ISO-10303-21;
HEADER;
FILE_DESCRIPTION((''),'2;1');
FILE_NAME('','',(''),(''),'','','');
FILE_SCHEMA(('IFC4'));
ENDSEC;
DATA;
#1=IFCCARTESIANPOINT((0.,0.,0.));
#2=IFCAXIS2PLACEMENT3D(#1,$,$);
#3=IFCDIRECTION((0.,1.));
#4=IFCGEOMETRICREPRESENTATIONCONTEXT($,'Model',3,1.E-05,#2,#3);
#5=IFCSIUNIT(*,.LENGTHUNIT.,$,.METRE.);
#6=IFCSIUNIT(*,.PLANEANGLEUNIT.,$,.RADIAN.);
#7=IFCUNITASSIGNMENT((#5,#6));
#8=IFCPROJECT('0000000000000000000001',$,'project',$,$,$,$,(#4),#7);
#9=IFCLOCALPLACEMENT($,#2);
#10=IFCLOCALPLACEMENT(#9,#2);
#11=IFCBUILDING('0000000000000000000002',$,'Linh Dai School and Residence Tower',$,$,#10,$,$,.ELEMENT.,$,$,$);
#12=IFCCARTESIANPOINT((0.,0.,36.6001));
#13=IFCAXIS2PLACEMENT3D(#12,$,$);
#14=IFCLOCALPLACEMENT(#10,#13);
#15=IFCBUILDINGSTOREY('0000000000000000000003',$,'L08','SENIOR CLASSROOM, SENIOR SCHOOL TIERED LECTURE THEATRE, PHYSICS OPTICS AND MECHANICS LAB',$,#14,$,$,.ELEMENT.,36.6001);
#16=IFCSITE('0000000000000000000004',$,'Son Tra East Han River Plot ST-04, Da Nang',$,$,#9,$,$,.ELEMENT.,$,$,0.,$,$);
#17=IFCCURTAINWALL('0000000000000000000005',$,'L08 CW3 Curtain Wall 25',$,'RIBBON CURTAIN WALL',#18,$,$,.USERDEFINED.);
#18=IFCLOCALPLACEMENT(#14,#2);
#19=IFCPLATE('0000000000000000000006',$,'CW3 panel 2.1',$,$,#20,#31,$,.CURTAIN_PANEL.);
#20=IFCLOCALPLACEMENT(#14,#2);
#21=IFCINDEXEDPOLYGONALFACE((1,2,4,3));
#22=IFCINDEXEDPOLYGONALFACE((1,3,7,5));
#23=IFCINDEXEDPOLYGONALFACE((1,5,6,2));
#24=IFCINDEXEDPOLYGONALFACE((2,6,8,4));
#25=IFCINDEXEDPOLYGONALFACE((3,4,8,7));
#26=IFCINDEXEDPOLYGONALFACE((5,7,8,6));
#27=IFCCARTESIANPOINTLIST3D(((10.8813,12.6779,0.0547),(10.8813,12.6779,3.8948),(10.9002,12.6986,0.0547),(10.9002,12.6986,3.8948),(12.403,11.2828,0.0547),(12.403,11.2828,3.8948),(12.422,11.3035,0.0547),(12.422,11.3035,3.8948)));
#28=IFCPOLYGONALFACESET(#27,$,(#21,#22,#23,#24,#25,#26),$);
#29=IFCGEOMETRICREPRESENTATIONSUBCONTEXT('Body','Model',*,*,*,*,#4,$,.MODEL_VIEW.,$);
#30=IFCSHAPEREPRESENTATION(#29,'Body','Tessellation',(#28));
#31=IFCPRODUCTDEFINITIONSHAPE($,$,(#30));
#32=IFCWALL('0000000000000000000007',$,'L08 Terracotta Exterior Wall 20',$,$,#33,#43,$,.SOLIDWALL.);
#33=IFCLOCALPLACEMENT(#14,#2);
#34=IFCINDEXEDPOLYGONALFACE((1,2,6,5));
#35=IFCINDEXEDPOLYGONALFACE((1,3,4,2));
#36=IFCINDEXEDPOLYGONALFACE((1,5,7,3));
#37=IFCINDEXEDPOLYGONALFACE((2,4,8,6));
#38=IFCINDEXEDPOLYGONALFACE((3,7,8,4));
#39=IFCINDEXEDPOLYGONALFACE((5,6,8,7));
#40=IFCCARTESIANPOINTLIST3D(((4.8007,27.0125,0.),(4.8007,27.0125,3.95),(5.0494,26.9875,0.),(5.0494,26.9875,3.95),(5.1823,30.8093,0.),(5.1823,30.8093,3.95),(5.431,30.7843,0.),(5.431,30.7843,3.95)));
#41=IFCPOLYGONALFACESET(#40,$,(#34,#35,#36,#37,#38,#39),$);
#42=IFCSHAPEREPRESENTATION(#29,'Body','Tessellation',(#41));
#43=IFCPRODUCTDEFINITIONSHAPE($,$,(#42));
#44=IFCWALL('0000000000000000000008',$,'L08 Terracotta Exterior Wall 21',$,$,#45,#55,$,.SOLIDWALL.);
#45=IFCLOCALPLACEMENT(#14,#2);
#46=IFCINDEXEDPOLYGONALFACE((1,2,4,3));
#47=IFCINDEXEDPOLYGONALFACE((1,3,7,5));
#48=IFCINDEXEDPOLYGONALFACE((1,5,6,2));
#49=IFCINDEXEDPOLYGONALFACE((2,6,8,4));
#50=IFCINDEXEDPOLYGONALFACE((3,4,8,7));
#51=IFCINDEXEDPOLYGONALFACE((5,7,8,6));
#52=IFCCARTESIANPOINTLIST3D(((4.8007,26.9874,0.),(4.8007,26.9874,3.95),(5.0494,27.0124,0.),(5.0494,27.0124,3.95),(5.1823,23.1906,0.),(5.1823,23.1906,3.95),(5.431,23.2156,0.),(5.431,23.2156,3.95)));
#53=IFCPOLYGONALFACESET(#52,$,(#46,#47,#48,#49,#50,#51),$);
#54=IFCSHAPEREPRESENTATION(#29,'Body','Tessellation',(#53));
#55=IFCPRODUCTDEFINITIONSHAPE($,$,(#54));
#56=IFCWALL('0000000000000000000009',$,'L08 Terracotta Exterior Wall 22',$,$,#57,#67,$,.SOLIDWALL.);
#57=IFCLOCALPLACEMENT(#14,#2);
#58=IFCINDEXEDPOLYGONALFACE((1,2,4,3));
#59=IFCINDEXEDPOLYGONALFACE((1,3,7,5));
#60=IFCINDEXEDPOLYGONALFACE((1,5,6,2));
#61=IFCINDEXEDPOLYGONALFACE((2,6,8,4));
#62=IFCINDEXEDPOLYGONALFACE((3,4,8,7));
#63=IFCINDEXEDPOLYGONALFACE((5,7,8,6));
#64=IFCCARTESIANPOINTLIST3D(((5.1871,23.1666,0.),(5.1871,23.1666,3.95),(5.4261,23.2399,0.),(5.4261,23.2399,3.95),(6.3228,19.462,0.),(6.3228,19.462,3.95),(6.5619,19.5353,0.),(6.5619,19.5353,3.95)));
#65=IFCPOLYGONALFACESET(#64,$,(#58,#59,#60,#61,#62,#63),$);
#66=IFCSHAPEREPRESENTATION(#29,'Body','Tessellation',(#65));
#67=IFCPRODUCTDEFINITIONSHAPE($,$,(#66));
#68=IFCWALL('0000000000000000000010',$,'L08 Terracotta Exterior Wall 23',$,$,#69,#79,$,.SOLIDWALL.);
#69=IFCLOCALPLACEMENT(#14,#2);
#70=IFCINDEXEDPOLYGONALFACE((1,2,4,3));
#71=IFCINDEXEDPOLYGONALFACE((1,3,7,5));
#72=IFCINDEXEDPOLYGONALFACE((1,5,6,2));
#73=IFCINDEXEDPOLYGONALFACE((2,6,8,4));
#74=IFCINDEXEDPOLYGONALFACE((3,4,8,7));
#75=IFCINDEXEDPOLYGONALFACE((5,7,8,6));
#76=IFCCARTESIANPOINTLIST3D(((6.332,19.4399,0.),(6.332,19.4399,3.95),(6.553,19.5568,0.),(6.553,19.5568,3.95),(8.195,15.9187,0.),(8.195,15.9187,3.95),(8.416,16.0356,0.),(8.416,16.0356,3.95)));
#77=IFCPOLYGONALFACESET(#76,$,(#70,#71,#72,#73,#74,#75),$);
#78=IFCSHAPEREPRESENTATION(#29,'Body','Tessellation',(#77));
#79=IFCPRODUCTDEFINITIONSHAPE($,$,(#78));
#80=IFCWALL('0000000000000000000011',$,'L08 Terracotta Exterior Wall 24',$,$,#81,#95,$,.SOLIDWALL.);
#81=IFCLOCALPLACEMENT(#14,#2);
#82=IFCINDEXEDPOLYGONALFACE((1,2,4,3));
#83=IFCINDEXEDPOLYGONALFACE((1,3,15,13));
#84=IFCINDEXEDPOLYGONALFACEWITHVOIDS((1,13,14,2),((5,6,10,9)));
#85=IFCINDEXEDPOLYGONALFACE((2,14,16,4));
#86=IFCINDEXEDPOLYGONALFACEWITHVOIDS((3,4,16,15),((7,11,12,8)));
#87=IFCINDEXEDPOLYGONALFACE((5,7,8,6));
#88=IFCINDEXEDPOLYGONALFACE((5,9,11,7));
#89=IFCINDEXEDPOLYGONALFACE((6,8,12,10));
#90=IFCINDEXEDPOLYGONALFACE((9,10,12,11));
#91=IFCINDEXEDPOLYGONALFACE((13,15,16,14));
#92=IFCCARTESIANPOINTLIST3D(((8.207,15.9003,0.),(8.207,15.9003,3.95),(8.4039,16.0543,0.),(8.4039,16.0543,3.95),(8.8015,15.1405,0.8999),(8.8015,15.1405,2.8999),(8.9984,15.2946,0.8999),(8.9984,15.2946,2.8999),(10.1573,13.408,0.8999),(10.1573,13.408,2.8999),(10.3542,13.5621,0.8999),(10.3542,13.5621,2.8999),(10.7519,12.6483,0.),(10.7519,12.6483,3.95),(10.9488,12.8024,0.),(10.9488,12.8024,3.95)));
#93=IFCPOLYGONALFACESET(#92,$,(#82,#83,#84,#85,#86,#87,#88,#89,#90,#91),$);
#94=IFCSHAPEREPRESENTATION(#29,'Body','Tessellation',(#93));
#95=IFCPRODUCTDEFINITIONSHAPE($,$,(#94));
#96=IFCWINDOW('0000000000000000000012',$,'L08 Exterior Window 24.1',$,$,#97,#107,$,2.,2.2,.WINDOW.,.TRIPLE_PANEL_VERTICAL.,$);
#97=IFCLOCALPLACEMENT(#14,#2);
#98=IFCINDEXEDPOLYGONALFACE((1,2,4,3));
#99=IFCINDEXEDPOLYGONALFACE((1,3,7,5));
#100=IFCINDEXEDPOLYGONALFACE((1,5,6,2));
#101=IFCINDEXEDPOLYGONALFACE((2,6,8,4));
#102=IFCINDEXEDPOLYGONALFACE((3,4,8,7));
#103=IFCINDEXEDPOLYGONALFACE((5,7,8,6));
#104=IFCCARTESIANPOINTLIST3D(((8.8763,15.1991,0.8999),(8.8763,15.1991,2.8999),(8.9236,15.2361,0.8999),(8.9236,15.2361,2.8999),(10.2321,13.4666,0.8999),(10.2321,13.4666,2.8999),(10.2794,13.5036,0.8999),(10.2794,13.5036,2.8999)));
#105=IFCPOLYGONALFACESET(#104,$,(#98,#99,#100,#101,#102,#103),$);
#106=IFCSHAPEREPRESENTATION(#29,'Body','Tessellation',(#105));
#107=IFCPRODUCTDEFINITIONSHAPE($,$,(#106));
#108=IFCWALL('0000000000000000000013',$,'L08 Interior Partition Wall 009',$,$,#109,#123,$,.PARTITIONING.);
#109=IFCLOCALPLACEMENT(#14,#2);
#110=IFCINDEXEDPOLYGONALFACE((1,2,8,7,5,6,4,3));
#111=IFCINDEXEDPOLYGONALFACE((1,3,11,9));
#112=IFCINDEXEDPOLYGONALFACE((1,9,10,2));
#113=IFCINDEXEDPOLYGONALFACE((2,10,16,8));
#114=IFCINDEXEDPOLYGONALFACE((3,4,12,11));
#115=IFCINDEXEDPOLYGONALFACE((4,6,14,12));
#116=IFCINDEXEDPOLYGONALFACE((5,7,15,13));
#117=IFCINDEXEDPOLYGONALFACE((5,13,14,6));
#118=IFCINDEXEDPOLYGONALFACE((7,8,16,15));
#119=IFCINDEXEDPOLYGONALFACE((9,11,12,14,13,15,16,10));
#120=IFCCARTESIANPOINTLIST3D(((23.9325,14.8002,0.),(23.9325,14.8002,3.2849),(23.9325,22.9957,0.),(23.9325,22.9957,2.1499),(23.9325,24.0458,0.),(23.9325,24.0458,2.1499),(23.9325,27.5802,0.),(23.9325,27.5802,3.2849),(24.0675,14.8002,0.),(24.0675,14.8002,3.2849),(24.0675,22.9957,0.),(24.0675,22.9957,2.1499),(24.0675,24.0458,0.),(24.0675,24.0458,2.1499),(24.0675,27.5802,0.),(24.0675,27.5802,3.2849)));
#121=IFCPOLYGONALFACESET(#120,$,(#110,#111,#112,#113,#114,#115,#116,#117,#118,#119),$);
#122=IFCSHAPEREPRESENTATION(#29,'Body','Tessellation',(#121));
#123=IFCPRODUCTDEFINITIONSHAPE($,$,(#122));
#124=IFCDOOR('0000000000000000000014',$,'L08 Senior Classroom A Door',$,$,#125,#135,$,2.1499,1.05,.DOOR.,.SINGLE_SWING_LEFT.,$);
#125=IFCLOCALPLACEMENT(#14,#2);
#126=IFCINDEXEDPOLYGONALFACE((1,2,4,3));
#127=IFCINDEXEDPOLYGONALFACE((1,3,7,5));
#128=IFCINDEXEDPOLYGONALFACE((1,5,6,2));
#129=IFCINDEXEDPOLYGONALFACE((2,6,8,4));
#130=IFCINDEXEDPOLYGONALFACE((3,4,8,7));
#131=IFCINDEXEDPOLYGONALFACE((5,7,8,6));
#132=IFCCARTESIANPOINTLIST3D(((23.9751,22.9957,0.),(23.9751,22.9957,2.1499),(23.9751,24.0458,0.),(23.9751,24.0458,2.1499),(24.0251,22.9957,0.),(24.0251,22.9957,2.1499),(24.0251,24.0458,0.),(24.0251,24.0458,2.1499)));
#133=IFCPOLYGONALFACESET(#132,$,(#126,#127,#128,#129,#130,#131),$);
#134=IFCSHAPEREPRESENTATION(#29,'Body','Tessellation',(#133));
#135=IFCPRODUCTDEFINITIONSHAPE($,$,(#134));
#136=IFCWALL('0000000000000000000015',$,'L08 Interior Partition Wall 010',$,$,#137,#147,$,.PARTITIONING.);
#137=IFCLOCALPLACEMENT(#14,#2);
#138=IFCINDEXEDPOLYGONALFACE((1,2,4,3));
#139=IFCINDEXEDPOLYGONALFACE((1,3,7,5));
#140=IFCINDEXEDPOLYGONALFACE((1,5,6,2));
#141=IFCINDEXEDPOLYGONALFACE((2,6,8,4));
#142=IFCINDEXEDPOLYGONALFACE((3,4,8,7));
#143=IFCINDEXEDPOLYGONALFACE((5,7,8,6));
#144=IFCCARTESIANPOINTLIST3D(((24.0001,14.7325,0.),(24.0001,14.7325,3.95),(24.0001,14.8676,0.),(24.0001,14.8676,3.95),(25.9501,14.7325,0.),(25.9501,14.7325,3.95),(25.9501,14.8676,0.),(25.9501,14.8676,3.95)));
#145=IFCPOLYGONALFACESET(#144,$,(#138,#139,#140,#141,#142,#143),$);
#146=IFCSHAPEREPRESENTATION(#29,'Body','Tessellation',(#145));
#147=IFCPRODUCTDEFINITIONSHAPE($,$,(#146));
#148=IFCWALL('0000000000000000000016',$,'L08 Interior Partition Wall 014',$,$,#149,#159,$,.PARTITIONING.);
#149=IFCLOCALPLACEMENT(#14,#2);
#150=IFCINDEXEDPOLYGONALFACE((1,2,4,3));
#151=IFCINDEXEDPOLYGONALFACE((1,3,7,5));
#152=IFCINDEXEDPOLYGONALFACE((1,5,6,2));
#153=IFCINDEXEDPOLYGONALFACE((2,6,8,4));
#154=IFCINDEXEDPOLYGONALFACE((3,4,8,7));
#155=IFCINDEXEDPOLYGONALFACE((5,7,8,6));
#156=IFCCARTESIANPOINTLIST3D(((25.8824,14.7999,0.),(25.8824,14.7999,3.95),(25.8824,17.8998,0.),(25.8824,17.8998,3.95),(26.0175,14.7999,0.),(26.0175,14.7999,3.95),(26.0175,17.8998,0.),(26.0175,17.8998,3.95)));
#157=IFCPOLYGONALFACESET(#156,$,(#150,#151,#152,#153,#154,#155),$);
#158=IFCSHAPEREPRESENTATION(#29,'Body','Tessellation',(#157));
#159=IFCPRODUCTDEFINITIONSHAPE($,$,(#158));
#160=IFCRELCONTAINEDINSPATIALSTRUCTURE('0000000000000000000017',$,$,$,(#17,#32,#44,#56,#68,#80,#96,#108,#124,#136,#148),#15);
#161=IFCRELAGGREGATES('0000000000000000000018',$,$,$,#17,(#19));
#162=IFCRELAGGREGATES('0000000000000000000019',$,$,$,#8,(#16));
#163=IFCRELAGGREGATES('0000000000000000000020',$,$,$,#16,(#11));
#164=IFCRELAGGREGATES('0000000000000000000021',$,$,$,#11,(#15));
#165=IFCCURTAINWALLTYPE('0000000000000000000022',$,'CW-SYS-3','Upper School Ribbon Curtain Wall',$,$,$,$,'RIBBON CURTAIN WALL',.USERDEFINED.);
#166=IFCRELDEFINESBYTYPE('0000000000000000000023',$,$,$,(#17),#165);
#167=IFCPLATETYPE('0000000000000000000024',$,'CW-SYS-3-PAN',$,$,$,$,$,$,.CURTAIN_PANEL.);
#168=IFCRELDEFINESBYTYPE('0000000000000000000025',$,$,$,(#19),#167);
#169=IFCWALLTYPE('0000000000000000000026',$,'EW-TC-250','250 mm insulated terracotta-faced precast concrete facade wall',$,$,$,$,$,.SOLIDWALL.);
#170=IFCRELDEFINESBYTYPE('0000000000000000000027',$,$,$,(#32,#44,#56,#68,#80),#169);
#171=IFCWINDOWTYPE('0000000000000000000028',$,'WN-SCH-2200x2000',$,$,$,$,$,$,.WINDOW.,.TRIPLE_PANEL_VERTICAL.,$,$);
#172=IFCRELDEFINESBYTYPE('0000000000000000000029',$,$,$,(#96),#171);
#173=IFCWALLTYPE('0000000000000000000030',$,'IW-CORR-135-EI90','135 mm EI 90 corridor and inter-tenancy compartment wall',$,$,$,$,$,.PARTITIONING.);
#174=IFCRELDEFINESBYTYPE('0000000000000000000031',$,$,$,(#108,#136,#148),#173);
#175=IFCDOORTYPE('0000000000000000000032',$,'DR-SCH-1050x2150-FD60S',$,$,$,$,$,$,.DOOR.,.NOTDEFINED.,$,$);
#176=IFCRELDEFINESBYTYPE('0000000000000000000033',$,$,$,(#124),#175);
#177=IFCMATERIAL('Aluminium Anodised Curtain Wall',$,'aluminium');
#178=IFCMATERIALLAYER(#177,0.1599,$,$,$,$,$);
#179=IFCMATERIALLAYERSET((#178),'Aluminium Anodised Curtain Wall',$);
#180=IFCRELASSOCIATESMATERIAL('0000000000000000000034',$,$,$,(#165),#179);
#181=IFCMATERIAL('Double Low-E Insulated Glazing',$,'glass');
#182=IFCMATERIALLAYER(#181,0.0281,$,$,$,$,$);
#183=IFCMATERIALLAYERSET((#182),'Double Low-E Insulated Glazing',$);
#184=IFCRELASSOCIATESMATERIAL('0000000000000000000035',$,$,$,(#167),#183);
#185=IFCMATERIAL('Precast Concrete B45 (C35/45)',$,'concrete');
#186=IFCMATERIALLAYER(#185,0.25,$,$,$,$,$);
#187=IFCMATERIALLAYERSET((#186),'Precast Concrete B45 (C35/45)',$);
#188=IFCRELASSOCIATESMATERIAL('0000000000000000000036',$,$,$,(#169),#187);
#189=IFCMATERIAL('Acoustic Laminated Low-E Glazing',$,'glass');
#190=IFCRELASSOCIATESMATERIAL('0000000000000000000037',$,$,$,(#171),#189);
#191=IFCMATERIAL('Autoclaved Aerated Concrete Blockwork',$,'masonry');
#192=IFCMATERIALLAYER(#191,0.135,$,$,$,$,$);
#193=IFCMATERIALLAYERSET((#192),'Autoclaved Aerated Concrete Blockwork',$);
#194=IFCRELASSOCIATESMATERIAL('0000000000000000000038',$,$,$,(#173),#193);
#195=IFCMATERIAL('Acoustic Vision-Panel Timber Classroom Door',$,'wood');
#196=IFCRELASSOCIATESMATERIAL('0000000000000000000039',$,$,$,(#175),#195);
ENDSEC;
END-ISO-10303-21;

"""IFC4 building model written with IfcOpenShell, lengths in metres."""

from ifc_helpers import new_model, si_unit, direction, frame, frame_2d, origin, origin_2d, place, context, subcontext, project, spatial, rectangle, extrude, source, transform, mapped, material, layer, layer_set, type_object, element, fill, aggregate, save


model = new_model("IFC4")

# Units and contexts
model_context = context("Model", 3, precision=1e-05, world=origin(), true_north=direction((0.0, 1.0)))
body_context = subcontext(model_context, "Body", "Model", "MODEL_VIEW")
ifc_project = project(units=[si_unit("LENGTHUNIT", "METRE"), si_unit("PLANEANGLEUNIT", "RADIAN")], contexts=[model_context])

# Site, building, storey
site_placement = place(None, origin())
site = spatial("IfcSite", under=ifc_project, at=site_placement, Name="Son Tra East Han River Plot ST-04, Da Nang", CompositionType="ELEMENT", RefElevation=0.0)
building_placement = place(site_placement, origin())
building = spatial("IfcBuilding", under=site, at=building_placement, Name="Linh Dai School and Residence Tower", CompositionType="ELEMENT")
storey_placement = place(building_placement, frame((0.0, 0.0, 36.6001)))
storey = spatial("IfcBuildingStorey", under=building, at=storey_placement, Name="L08", Description="SENIOR CLASSROOM, SENIOR SCHOOL TIERED LECTURE THEATRE, PHYSICS OPTICS AND MECHANICS LAB", CompositionType="ELEMENT", Elevation=36.6001)

# Curtain wall
ifc_material_1 = material(Name="Aluminium Anodised Curtain Wall", Category="aluminium")
ifc_layer_1 = layer(ifc_material_1, 0.1599)
ifc_layer_set_1 = layer_set([ifc_layer_1], Name="Aluminium Anodised Curtain Wall")
curtain_wall_type = type_object("IfcCurtainWallType", Name="CW-SYS-3", Description="Upper School Ribbon Curtain Wall", ElementType="RIBBON CURTAIN WALL", PredefinedType="USERDEFINED", material=ifc_layer_set_1)
curtain_wall_placement = place(storey_placement, origin())
curtain_wall = element("IfcCurtainWall", 1, at=curtain_wall_placement, inside=storey, type_object=curtain_wall_type, Name="L08 CW3 Curtain Wall 25", ObjectType="RIBBON CURTAIN WALL", PredefinedType="USERDEFINED")

# Plate
ifc_material_2 = material(Name="Precast Concrete B45 (C35/45)", Category="concrete")
ifc_material_3 = material(Name="Double Low-E Insulated Glazing", Category="glass")
ifc_layer_2 = layer(ifc_material_3, 0.0281)
ifc_layer_set_2 = layer_set([ifc_layer_2], Name="Double Low-E Insulated Glazing")
plate_type_1 = type_object("IfcPlateType", Name="CW-SYS-3-PAN", PredefinedType="CURTAIN_PANEL", material=ifc_layer_set_2)
shared_shape_1 = source(origin(), body_context, "Body", "SweptSolid", [
    extrude(rectangle(XDim=2.0645, YDim=0.0281, at=origin_2d()), origin(), (0.0, 0.0, 1.0), 3.8401),
])
plate_1_placement = place(storey_placement, frame((11.6516, 11.9907, 0.0547), z_axis=(0.0, 0.0, 1.0), x_axis=(-0.737113, 0.675769, 0.0)))
plate_1 = element("IfcPlate", 2, at=plate_1_placement, type_object=plate_type_1, Name="CW3 panel 2.1", PredefinedType="CURTAIN_PANEL", context=body_context, shape_type="MappedRepresentation", body=[
    mapped(shared_shape_1, transform((0.0, 0.0, 0.0), x_axis=(1.0, 0.0, 0.0), y_axis=(0.0, 1.0, 0.0), z_axis=(0.0, 0.0, 1.0), scale=1.0)),
])
aggregate(curtain_wall, [plate_1])

# Walls
ifc_layer_3 = layer(ifc_material_2, 0.25)
ifc_layer_set_3 = layer_set([ifc_layer_3], Name="Precast Concrete B45 (C35/45)")
wall_type_1 = type_object("IfcWallType", Name="EW-TC-250", Description="250 mm insulated terracotta-faced precast concrete facade wall", PredefinedType="SOLIDWALL", material=ifc_layer_set_3)
for number, where, z_axis, x_axis, name in (
    (3, (4.925, 27.0, 0.0), (0.0, 0.0, 1.0), (0.099998, 0.994988, 0.0), "L08 Terracotta Exterior Wall 20"),
    (4, (5.3066, 23.2031, 0.0), (0.0, 0.0, 1.0), (-0.099998, 0.994988, 0.0), "L08 Terracotta Exterior Wall 21"),
):
    element("IfcWall", number, at=place(storey_placement, frame(where, z_axis=z_axis, x_axis=x_axis)), inside=storey, type_object=wall_type_1, Name=name, PredefinedType="SOLIDWALL", context=body_context, shape_type="SweptSolid", body=[
        extrude(rectangle(XDim=3.8159, YDim=0.25, at=frame_2d((1.908, 0.0))), origin(), (0.0, 0.0, 1.0), 3.95),
    ])
wall_1_placement = place(storey_placement, frame((6.4424, 19.4985, 0.0), z_axis=(0.0, 0.0, 1.0), x_axis=(-0.293112, 0.956078, 0.0)))
element("IfcWall", 5, at=wall_1_placement, inside=storey, type_object=wall_type_1, Name="L08 Terracotta Exterior Wall 22", PredefinedType="SOLIDWALL", context=body_context, shape_type="SweptSolid", body=[
    extrude(rectangle(XDim=3.8748, YDim=0.25, at=frame_2d((1.9375, 0.0))), origin(), (0.0, 0.0, 1.0), 3.95),
])
wall_2_placement = place(storey_placement, frame((8.3054, 15.9773, 0.0), z_axis=(0.0, 0.0, 1.0), x_axis=(-0.467662, 0.883907, 0.0)))
element("IfcWall", 6, at=wall_2_placement, inside=storey, type_object=wall_type_1, Name="L08 Terracotta Exterior Wall 23", PredefinedType="SOLIDWALL", context=body_context, shape_type="SweptSolid", body=[
    extrude(rectangle(XDim=3.9836, YDim=0.25, at=frame_2d((1.9917, 0.0))), origin(), (0.0, 0.0, 1.0), 3.95),
])

# Wall, opening, window
wall_3_placement = place(storey_placement, frame((10.8503, 12.7253, 0.0), z_axis=(0.0, 0.0, 1.0), x_axis=(-0.616296, 0.787515, 0.0)))
wall_3 = element("IfcWall", 7, at=wall_3_placement, inside=storey, type_object=wall_type_1, Name="L08 Terracotta Exterior Wall 24", PredefinedType="SOLIDWALL", context=body_context, shape_type="SweptSolid", body=[
    extrude(rectangle(XDim=4.1294, YDim=0.25, at=frame_2d((2.0647, 0.0))), origin(), (0.0, 0.0, 1.0), 3.95),
])
opening_1_placement = place(wall_3_placement, frame((0.9646, 0.0, 0.8999)))
opening_1 = element("IfcOpeningElement", 8, at=opening_1_placement, cuts=wall_3, PredefinedType="OPENING", context=body_context, shape_type="SweptSolid", body=[
    extrude(rectangle(XDim=2.2, YDim=2.0, at=origin_2d()), frame((1.1001, 0.135, 1.0), z_axis=(0.0, -1.0, 0.0), x_axis=(1.0, 0.0, 0.0)), (0.0, 0.0, 1.0), 0.27),
])
ifc_material_4 = material(Name="Acoustic Laminated Low-E Glazing", Category="glass")
window_type = type_object("IfcWindowType", Name="WN-SCH-2200x2000", PartitioningType="TRIPLE_PANEL_VERTICAL", PredefinedType="WINDOW", material=ifc_material_4)
shared_shape_2 = source(origin(), body_context, "Body", "SweptSolid", [
    extrude(rectangle(XDim=2.2, YDim=2.0, at=origin_2d()), frame((1.1001, 0.03, 1.0), z_axis=(0.0, -1.0, 0.0), x_axis=(1.0, 0.0, 0.0)), (0.0, 0.0, 1.0), 0.0601),
])
window_placement = place(opening_1_placement, origin())
window = element("IfcWindow", 9, at=window_placement, inside=storey, type_object=window_type, Name="L08 Exterior Window 24.1", OverallHeight=2.0, OverallWidth=2.2, PartitioningType="TRIPLE_PANEL_VERTICAL", PredefinedType="WINDOW", context=body_context, shape_type="MappedRepresentation", body=[
    mapped(shared_shape_2, transform((0.0, 0.0, 0.0), x_axis=(1.0, 0.0, 0.0), y_axis=(0.0, 1.0, 0.0), z_axis=(0.0, 0.0, 1.0), scale=1.0)),
])
fill(opening_1, window)

# Wall, opening, door
ifc_material_5 = material(Name="Autoclaved Aerated Concrete Blockwork", Category="masonry")
ifc_layer_4 = layer(ifc_material_5, 0.135)
ifc_layer_set_4 = layer_set([ifc_layer_4], Name="Autoclaved Aerated Concrete Blockwork")
wall_type_2 = type_object("IfcWallType", Name="IW-CORR-135-EI90", Description="135 mm EI 90 corridor and inter-tenancy compartment wall", PredefinedType="PARTITIONING", material=ifc_layer_set_4)
wall_4_placement = place(storey_placement, frame((24.0, 14.8, 0.0), z_axis=(0.0, 0.0, 1.0), x_axis=(0.0, 1.0, 0.0)))
wall_4 = element("IfcWall", 10, at=wall_4_placement, inside=storey, type_object=wall_type_2, Name="L08 Interior Partition Wall 009", PredefinedType="PARTITIONING", context=body_context, shape_type="SweptSolid", body=[
    extrude(rectangle(XDim=12.78, YDim=0.135, at=frame_2d((6.3901, 0.0))), origin(), (0.0, 0.0, 1.0), 3.2849),
])
opening_2_placement = place(wall_4_placement, frame((8.1958, 0.0, 0.0)))
opening_2 = element("IfcOpeningElement", 11, at=opening_2_placement, cuts=wall_4, PredefinedType="OPENING", context=body_context, shape_type="SweptSolid", body=[
    extrude(rectangle(XDim=1.05, YDim=2.1499, at=origin_2d()), frame((0.5249, 0.0776, 1.075), z_axis=(0.0, -1.0, 0.0), x_axis=(1.0, 0.0, 0.0)), (0.0, 0.0, 1.0), 0.155),
])
ifc_material_6 = material(Name="Acoustic Vision-Panel Timber Classroom Door", Category="wood")
door_type = type_object("IfcDoorType", Name="DR-SCH-1050x2150-FD60S", OperationType="NOTDEFINED", PredefinedType="DOOR", material=ifc_material_6)
shared_shape_3 = source(origin(), body_context, "Body", "SweptSolid", [
    extrude(rectangle(XDim=1.05, YDim=2.1499, at=origin_2d()), frame((0.5249, 0.0249, 1.075), z_axis=(0.0, -1.0, 0.0), x_axis=(1.0, 0.0, 0.0)), (0.0, 0.0, 1.0), 0.05),
])
door_1_placement = place(opening_2_placement, origin())
door_1 = element("IfcDoor", 12, at=door_1_placement, inside=storey, type_object=door_type, Name="L08 Senior Classroom A Door", OperationType="SINGLE_SWING_LEFT", OverallHeight=2.1499, OverallWidth=1.05, PredefinedType="DOOR", context=body_context, shape_type="MappedRepresentation", body=[
    mapped(shared_shape_3, transform((0.0, 0.0, 0.0), x_axis=(1.0, 0.0, 0.0), y_axis=(0.0, 1.0, 0.0), z_axis=(0.0, 0.0, 1.0), scale=1.0)),
])
fill(opening_2, door_1)

# Walls
wall_5_placement = place(storey_placement, frame((24.0, 14.8, 0.0), z_axis=(0.0, 0.0, 1.0), x_axis=(1.0, 0.0, 0.0)))
element("IfcWall", 13, at=wall_5_placement, inside=storey, type_object=wall_type_2, Name="L08 Interior Partition Wall 010", PredefinedType="PARTITIONING", context=body_context, shape_type="SweptSolid", body=[
    extrude(rectangle(XDim=1.95, YDim=0.135, at=frame_2d((0.9751, 0.0))), origin(), (0.0, 0.0, 1.0), 3.95),
])
wall_6_placement = place(storey_placement, frame((25.95, 14.8, 0.0), z_axis=(0.0, 0.0, 1.0), x_axis=(0.0, 1.0, 0.0)))
element("IfcWall", 14, at=wall_6_placement, inside=storey, type_object=wall_type_2, Name="L08 Interior Partition Wall 014", PredefinedType="PARTITIONING", context=body_context, shape_type="SweptSolid", body=[
    extrude(rectangle(XDim=3.0999, YDim=0.135, at=frame_2d((1.5498, 0.0))), origin(), (0.0, 0.0, 1.0), 3.95),
])

save(model, "model.ifc")
